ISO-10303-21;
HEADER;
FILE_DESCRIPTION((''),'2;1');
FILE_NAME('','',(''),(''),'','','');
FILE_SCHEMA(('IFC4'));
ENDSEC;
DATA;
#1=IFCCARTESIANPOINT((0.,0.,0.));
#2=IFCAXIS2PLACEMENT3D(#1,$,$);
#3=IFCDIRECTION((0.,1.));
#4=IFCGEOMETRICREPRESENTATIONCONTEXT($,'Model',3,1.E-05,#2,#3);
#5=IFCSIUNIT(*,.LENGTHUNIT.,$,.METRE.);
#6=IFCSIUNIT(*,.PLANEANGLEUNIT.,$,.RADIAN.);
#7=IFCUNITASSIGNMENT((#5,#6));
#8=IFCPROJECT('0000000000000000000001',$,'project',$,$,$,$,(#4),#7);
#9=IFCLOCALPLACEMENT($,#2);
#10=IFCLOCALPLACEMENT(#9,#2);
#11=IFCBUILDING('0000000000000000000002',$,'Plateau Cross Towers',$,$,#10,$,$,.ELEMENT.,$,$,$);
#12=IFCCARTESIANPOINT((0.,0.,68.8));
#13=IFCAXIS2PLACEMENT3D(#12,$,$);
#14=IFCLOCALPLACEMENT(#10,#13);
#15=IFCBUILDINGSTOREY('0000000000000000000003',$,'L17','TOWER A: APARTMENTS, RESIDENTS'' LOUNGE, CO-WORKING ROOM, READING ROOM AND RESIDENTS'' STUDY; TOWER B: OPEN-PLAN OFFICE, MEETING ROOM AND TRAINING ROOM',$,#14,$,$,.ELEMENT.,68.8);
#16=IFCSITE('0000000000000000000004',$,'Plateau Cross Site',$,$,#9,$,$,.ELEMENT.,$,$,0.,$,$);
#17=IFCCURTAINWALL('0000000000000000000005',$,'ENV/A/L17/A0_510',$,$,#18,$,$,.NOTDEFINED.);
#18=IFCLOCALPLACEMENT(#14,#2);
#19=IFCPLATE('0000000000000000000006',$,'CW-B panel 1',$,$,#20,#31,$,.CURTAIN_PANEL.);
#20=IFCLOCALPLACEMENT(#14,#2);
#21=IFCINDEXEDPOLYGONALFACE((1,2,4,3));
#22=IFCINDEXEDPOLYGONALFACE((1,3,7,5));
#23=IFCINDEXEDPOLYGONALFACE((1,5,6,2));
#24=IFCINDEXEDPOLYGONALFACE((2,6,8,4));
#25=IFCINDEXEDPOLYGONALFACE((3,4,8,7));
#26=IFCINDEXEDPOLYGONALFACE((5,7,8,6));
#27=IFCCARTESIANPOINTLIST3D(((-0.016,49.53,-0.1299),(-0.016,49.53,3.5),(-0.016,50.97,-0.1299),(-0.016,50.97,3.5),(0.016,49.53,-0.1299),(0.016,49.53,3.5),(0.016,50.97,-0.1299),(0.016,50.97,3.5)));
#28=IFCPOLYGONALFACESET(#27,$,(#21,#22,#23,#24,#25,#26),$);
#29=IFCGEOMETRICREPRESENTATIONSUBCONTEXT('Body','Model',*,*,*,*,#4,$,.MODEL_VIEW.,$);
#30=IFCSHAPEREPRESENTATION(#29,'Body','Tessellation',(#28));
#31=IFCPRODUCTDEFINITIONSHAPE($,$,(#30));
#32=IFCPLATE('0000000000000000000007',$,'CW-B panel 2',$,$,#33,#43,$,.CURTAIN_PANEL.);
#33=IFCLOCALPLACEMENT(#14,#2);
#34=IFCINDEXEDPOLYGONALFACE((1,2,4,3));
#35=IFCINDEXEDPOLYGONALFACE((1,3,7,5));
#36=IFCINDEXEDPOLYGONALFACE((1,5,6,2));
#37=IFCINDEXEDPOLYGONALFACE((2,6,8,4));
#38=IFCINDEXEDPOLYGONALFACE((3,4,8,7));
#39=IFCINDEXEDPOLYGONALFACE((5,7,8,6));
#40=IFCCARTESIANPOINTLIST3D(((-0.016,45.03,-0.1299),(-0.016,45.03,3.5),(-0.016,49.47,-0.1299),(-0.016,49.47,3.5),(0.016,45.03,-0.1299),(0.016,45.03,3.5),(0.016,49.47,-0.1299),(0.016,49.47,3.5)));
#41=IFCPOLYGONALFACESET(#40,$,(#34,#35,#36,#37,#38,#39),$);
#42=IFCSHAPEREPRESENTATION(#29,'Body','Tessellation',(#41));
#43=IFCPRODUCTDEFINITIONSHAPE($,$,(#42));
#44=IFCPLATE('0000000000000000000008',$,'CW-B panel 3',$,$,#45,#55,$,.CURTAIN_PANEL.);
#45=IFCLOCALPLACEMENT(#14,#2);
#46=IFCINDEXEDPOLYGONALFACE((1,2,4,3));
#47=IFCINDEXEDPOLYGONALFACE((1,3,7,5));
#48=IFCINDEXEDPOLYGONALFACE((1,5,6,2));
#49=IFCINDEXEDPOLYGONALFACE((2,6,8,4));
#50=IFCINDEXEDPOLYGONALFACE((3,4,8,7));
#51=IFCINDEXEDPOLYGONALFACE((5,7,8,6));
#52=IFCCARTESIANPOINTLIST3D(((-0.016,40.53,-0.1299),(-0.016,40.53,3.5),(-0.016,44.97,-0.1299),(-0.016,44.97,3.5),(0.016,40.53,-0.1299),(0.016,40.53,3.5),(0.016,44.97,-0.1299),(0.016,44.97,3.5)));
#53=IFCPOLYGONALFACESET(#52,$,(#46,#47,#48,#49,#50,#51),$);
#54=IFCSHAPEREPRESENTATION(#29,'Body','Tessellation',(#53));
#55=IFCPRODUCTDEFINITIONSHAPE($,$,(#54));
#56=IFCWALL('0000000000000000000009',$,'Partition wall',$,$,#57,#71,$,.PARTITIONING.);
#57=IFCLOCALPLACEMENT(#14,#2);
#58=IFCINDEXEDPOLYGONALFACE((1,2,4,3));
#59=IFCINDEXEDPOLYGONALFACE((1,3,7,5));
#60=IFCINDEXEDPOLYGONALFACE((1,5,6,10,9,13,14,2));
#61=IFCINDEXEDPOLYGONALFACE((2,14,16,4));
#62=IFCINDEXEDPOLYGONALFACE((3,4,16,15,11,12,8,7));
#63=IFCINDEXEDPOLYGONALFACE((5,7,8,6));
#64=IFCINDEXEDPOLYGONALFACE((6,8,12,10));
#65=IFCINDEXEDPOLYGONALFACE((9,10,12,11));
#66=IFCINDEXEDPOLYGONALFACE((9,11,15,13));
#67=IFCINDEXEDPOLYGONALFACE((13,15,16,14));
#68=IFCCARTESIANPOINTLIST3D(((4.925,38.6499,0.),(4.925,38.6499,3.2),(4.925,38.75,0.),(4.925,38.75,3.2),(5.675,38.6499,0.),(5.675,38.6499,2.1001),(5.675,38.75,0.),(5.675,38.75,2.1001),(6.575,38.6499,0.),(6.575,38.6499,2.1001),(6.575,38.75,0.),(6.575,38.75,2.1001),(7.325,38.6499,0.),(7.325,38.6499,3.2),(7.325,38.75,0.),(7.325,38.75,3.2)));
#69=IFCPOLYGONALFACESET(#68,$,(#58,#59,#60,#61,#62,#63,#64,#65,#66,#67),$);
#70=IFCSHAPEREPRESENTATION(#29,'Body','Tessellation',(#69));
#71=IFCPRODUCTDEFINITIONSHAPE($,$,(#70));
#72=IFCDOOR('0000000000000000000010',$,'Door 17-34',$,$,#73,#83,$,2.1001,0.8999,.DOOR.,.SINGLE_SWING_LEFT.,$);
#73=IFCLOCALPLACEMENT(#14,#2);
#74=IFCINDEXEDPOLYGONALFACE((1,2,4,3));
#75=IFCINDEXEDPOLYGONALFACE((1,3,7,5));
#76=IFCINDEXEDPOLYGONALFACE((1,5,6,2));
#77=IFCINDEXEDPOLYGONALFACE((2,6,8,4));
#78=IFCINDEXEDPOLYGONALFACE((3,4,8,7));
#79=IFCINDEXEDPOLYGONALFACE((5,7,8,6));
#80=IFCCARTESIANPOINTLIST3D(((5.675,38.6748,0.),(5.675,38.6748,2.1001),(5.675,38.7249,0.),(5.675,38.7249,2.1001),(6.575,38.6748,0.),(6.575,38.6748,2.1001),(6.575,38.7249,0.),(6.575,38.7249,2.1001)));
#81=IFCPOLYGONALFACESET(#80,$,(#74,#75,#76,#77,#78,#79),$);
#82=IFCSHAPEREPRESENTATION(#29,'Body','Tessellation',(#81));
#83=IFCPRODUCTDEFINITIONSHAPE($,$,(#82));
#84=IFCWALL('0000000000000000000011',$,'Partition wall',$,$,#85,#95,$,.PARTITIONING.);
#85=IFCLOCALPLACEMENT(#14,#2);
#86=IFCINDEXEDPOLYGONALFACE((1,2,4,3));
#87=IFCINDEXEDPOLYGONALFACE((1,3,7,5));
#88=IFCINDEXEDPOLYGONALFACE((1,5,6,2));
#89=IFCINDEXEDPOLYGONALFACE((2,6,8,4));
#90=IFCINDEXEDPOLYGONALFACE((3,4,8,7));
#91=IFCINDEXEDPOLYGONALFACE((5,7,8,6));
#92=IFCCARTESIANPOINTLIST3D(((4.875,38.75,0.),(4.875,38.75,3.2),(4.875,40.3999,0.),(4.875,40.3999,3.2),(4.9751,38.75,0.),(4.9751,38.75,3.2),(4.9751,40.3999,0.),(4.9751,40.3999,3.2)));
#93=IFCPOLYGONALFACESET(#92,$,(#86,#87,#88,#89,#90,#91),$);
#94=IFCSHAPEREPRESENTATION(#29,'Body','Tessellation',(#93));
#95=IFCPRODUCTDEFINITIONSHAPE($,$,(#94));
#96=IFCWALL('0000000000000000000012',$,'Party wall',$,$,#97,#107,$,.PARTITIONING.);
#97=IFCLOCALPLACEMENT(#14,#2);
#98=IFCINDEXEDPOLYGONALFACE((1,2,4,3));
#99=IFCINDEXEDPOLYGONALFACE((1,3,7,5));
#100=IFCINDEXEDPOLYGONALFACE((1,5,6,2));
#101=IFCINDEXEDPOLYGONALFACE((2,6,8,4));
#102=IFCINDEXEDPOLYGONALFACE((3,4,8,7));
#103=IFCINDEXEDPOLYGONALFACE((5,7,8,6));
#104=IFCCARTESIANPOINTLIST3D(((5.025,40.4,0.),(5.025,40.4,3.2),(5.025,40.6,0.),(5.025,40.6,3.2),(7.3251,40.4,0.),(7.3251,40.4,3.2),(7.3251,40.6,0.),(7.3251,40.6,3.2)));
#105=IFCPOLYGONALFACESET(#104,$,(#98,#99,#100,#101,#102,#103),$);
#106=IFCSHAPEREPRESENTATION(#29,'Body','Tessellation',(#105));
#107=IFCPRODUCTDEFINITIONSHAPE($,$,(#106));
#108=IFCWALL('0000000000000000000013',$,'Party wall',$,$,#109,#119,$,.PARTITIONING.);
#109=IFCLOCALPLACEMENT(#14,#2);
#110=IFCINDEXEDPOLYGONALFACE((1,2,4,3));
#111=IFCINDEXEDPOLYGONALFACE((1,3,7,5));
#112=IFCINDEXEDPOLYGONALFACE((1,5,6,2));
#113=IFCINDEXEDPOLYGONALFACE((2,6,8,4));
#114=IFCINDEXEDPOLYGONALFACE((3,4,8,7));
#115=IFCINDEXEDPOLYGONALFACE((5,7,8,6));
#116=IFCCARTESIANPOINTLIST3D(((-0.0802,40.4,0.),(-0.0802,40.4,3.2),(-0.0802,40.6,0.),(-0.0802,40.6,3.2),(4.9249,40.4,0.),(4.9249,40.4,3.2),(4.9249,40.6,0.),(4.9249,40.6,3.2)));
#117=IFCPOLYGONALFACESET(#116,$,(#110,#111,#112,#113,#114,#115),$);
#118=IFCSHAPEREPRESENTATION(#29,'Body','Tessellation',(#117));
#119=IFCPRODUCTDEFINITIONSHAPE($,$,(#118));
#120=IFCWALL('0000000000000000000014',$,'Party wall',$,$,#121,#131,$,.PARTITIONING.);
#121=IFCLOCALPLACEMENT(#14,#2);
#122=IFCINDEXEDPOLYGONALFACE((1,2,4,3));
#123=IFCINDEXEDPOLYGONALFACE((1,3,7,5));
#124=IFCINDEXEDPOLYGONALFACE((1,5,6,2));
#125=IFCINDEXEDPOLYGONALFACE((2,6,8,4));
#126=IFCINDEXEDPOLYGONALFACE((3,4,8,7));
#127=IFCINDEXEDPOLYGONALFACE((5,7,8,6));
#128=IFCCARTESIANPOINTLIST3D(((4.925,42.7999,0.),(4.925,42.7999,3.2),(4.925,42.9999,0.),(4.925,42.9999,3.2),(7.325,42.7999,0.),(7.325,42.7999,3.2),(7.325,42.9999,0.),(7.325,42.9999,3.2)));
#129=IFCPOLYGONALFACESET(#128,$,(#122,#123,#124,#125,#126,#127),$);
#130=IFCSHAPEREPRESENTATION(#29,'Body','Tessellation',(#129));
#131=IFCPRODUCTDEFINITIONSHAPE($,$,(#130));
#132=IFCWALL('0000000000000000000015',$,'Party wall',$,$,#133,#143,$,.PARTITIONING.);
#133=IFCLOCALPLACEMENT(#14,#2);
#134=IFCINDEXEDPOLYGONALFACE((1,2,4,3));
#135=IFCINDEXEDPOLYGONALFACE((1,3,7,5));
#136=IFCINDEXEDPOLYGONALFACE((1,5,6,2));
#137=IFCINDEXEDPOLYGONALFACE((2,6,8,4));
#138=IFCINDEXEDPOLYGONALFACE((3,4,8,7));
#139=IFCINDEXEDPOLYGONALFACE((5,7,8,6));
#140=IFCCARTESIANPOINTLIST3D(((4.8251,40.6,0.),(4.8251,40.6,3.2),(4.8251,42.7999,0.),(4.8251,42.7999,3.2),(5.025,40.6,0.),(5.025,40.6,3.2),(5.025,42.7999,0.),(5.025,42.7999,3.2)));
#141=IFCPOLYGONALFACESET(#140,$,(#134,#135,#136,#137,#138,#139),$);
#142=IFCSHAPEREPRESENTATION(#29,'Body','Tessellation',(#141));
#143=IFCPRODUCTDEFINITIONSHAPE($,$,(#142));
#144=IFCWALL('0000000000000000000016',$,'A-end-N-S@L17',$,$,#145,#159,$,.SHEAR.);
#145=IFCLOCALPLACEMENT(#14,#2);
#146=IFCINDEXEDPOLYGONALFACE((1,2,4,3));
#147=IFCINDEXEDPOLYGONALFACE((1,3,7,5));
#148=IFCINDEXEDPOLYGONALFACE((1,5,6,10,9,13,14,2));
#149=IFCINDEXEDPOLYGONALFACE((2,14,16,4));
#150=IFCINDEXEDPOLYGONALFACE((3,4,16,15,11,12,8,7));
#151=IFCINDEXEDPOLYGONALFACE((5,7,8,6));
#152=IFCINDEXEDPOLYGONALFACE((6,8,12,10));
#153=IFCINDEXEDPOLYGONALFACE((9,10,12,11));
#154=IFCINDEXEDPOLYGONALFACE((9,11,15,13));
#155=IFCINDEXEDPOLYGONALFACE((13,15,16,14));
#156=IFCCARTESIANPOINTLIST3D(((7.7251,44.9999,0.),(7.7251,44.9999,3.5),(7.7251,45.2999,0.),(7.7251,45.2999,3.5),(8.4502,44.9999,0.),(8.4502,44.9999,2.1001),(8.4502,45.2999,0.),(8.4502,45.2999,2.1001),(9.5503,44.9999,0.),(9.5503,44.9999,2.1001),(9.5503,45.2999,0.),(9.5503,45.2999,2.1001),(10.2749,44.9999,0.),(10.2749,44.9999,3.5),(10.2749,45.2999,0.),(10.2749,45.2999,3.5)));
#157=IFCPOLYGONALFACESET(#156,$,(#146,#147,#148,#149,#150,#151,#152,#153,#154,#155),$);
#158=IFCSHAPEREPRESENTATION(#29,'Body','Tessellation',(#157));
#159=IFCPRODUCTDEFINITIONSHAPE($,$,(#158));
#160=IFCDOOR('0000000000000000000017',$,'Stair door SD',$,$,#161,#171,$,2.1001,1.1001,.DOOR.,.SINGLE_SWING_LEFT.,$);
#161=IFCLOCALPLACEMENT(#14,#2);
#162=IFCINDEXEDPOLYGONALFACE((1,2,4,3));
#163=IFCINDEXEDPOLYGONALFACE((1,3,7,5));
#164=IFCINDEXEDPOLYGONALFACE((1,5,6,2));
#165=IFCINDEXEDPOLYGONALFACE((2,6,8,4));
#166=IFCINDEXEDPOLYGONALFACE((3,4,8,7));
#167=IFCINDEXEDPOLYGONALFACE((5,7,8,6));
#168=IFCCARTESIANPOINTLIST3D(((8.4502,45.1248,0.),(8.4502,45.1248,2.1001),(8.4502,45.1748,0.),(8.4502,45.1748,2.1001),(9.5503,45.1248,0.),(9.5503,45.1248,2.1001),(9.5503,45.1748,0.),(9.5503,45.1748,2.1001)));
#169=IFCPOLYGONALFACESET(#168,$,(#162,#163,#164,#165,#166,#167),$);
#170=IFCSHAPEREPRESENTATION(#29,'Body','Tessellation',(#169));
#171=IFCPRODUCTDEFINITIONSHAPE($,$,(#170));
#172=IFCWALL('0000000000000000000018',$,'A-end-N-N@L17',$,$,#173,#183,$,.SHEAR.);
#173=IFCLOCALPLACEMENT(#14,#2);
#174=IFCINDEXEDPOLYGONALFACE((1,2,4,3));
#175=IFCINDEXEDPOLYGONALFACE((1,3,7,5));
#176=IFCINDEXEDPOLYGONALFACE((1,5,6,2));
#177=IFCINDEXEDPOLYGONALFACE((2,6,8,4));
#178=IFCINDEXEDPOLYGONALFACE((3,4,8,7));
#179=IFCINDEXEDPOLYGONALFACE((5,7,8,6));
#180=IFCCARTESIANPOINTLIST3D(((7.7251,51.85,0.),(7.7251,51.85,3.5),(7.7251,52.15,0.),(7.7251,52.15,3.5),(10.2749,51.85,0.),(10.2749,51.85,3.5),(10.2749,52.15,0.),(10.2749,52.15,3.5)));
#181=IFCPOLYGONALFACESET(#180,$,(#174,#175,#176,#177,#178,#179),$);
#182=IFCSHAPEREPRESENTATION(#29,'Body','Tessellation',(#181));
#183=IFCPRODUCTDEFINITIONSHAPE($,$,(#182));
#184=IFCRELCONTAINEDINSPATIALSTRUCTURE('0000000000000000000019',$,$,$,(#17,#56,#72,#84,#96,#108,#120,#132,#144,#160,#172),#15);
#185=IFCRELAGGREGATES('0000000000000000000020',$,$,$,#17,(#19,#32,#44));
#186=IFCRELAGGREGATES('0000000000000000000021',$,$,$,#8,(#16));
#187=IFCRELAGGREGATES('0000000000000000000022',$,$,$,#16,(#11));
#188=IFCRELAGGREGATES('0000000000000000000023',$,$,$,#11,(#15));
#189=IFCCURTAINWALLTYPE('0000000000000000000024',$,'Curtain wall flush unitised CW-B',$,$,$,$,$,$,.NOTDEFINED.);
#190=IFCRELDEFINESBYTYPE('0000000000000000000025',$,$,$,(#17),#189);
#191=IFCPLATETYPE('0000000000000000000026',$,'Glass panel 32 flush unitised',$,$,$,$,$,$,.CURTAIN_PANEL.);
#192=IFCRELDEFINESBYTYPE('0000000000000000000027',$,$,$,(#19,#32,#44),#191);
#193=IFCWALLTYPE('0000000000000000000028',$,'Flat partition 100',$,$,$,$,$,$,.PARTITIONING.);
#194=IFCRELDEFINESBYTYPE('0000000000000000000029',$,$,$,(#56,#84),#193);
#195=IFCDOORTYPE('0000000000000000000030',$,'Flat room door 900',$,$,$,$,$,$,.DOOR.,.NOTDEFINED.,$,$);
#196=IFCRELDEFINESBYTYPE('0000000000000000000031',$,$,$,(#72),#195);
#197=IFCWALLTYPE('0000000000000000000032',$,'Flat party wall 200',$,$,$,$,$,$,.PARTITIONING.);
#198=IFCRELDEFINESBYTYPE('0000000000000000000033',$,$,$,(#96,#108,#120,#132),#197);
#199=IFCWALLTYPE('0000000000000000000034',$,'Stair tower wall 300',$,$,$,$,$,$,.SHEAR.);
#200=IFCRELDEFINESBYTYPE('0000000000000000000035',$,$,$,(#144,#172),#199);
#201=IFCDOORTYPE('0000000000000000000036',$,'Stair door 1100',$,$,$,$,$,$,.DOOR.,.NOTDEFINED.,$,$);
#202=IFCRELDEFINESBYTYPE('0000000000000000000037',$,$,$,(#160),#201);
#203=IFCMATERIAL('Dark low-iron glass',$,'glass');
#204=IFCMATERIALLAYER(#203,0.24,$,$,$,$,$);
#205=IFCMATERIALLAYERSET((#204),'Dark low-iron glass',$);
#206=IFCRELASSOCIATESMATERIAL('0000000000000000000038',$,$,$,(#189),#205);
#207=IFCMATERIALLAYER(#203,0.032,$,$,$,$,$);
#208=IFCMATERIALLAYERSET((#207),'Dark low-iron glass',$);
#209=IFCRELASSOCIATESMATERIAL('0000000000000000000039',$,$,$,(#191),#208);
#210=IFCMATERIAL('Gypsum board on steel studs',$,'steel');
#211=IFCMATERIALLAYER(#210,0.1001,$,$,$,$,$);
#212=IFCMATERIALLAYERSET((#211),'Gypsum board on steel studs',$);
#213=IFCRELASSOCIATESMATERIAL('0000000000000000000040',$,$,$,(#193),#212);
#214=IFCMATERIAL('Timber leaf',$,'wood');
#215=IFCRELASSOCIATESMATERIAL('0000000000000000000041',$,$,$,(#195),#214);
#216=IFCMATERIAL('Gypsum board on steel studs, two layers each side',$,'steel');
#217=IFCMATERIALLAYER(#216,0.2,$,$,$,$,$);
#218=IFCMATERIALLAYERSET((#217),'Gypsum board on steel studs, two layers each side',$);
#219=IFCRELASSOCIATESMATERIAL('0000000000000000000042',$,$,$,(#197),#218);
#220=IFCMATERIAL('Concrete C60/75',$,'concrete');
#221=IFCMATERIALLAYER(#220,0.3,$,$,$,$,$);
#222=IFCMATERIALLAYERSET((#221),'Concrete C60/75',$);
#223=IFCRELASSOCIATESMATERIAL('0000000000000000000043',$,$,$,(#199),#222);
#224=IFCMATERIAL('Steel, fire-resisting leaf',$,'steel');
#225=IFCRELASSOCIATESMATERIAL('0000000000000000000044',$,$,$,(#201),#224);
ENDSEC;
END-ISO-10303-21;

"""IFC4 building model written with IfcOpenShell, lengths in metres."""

from ifc_helpers import new_model, si_unit, direction, frame, frame_2d, origin, origin_2d, place, context, subcontext, project, spatial, rectangle, extrude, material, layer, layer_set, type_object, element, fill, aggregate, save


model = new_model("IFC4")

# Units and contexts
model_context = context("Model", 3, precision=1e-05, world=origin(), true_north=direction((0.0, 1.0)))
body_context = subcontext(model_context, "Body", "Model", "MODEL_VIEW")
ifc_project = project(units=[si_unit("LENGTHUNIT", "METRE"), si_unit("PLANEANGLEUNIT", "RADIAN")], contexts=[model_context])

# Site, building, storey
site_placement = place(None, origin())
site = spatial("IfcSite", under=ifc_project, at=site_placement, Name="Plateau Cross Site", CompositionType="ELEMENT", RefElevation=0.0)
building_placement = place(site_placement, origin())
building = spatial("IfcBuilding", under=site, at=building_placement, Name="Plateau Cross Towers", CompositionType="ELEMENT")
storey_placement = place(building_placement, frame((0.0, 0.0, 68.8)))
storey = spatial("IfcBuildingStorey", under=building, at=storey_placement, Name="L17", Description="TOWER A: APARTMENTS, RESIDENTS' LOUNGE, CO-WORKING ROOM, READING ROOM AND RESIDENTS' STUDY; TOWER B: OPEN-PLAN OFFICE, MEETING ROOM AND TRAINING ROOM", CompositionType="ELEMENT", Elevation=68.8)

# Shared definitions
ifc_material_1 = material(Name="Concrete C60/75", Category="concrete")

# Shared definitions
ifc_material_2 = material(Name="Dark low-iron glass", Category="glass")
ifc_layer_1 = layer(ifc_material_2, 0.24)
ifc_layer_set_1 = layer_set([ifc_layer_1], Name="Dark low-iron glass")
curtain_wall_type = type_object("IfcCurtainWallType", Name="Curtain wall flush unitised CW-B", PredefinedType="NOTDEFINED", material=ifc_layer_set_1)

# Curtain wall
curtain_wall_1_placement = place(storey_placement, origin())
curtain_wall_1 = element("IfcCurtainWall", 1, at=curtain_wall_1_placement, inside=storey, type_object=curtain_wall_type, Name="ENV/A/L17/A0_510", PredefinedType="NOTDEFINED")

# Shared definitions
ifc_layer_2 = layer(ifc_material_2, 0.032)
ifc_layer_set_2 = layer_set([ifc_layer_2], Name="Dark low-iron glass")
plate_type = type_object("IfcPlateType", Name="Glass panel 32 flush unitised", PredefinedType="CURTAIN_PANEL", material=ifc_layer_set_2)

# Plates
plate_1_placement = place(storey_placement, frame((0.0, 50.25, -0.1299), z_axis=(0.0, 0.0, 1.0), x_axis=(0.0, -1.0, 0.0)))
plate_1 = element("IfcPlate", 2, at=plate_1_placement, type_object=plate_type, Name="CW-B panel 1", PredefinedType="CURTAIN_PANEL", context=body_context, shape_type="SweptSolid", body=[
    extrude(rectangle(XDim=1.4399, YDim=0.032, at=origin_2d()), origin(), (0.0, 0.0, 1.0), 3.6299),
])
plate_2_placement = place(storey_placement, frame((0.0, 47.25, -0.1299), z_axis=(0.0, 0.0, 1.0), x_axis=(0.0, -1.0, 0.0)))
plate_2 = element("IfcPlate", 3, at=plate_2_placement, type_object=plate_type, Name="CW-B panel 2", PredefinedType="CURTAIN_PANEL", context=body_context, shape_type="SweptSolid", body=[
    extrude(rectangle(XDim=4.4399, YDim=0.032, at=origin_2d()), origin(), (0.0, 0.0, 1.0), 3.6299),
])
plate_3_placement = place(storey_placement, frame((0.0, 42.75, -0.1299), z_axis=(0.0, 0.0, 1.0), x_axis=(0.0, -1.0, 0.0)))
plate_3 = element("IfcPlate", 4, at=plate_3_placement, type_object=plate_type, Name="CW-B panel 3", PredefinedType="CURTAIN_PANEL", context=body_context, shape_type="SweptSolid", body=[
    extrude(rectangle(XDim=4.4399, YDim=0.032, at=origin_2d()), origin(), (0.0, 0.0, 1.0), 3.6299),
])
aggregate(curtain_wall_1, [plate_1, plate_2, plate_3])

# Wall, opening, door
ifc_material_3 = material(Name="Gypsum board on steel studs", Category="steel")
ifc_layer_3 = layer(ifc_material_3, 0.1001)
ifc_layer_set_3 = layer_set([ifc_layer_3], Name="Gypsum board on steel studs")
wall_type_1 = type_object("IfcWallType", Name="Flat partition 100", PredefinedType="PARTITIONING", material=ifc_layer_set_3)
wall_1_placement = place(storey_placement, frame((4.925, 38.7, 0.0), z_axis=(0.0, 0.0, 1.0), x_axis=(1.0, 0.0, 0.0)))
wall_1 = element("IfcWall", 5, at=wall_1_placement, inside=storey, type_object=wall_type_1, Name="Partition wall", PredefinedType="PARTITIONING", context=body_context, shape_type="SweptSolid", body=[
    extrude(rectangle(XDim=2.3999, YDim=0.1001, at=frame_2d((1.2, 0.0))), origin(), (0.0, 0.0, 1.0), 3.2),
])
opening_1_placement = place(wall_1_placement, frame((0.75, 0.0, 0.0)))
opening_1 = element("IfcOpeningElement", 6, at=opening_1_placement, cuts=wall_1, PredefinedType="OPENING", context=body_context, shape_type="SweptSolid", body=[
    extrude(rectangle(XDim=0.8999, YDim=2.1001, at=frame_2d((0.45, 1.05))), frame((0.0, 0.0601, 0.0), z_axis=(0.0, -1.0, 0.0), x_axis=(1.0, 0.0, 0.0)), (0.0, 0.0, 1.0), 0.1201),
])
ifc_material_4 = material(Name="Timber leaf", Category="wood")
door_type_1 = type_object("IfcDoorType", Name="Flat room door 900", OperationType="NOTDEFINED", PredefinedType="DOOR", material=ifc_material_4)
door_1_placement = place(opening_1_placement, origin())
door_1 = element("IfcDoor", 7, at=door_1_placement, inside=storey, type_object=door_type_1, Name="Door 17-34", OperationType="SINGLE_SWING_LEFT", OverallHeight=2.1001, OverallWidth=0.8999, PredefinedType="DOOR", context=body_context, shape_type="SweptSolid", body=[
    extrude(rectangle(XDim=0.8999, YDim=2.1001, at=frame_2d((0.45, 1.05))), frame((0.0, 0.0249, 0.0), z_axis=(0.0, -1.0, 0.0), x_axis=(1.0, 0.0, 0.0)), (0.0, 0.0, 1.0), 0.05),
])
fill(opening_1, door_1)

# Walls
wall_2_placement = place(storey_placement, frame((4.925, 40.3999, 0.0), z_axis=(0.0, 0.0, 1.0), x_axis=(0.0, -1.0, 0.0)))
element("IfcWall", 8, at=wall_2_placement, inside=storey, type_object=wall_type_1, Name="Partition wall", PredefinedType="PARTITIONING", context=body_context, shape_type="SweptSolid", body=[
    extrude(rectangle(XDim=1.6499, YDim=0.1001, at=frame_2d((0.825, 0.0))), origin(), (0.0, 0.0, 1.0), 3.2),
])
ifc_material_5 = material(Name="Gypsum board on steel studs, two layers each side", Category="steel")
ifc_layer_4 = layer(ifc_material_5, 0.2)
ifc_layer_set_4 = layer_set([ifc_layer_4], Name="Gypsum board on steel studs, two layers each side")
wall_type_2 = type_object("IfcWallType", Name="Flat party wall 200", PredefinedType="PARTITIONING", material=ifc_layer_set_4)
wall_3_placement = place(storey_placement, frame((7.325, 40.5, 0.0), z_axis=(0.0, 0.0, 1.0), x_axis=(-1.0, 0.0, 0.0)))
element("IfcWall", 9, at=wall_3_placement, inside=storey, type_object=wall_type_2, Name="Party wall", PredefinedType="PARTITIONING", context=body_context, shape_type="SweptSolid", body=[
    extrude(rectangle(XDim=2.3, YDim=0.2, at=frame_2d((1.1499, 0.0))), origin(), (0.0, 0.0, 1.0), 3.2),
])
wall_4_placement = place(storey_placement, frame((-0.0801, 40.5, 0.0), z_axis=(0.0, 0.0, 1.0), x_axis=(1.0, 0.0, 0.0)))
element("IfcWall", 10, at=wall_4_placement, inside=storey, type_object=wall_type_2, Name="Party wall", PredefinedType="PARTITIONING", context=body_context, shape_type="SweptSolid", body=[
    extrude(rectangle(XDim=5.0051, YDim=0.2, at=frame_2d((2.5024, 0.0))), origin(), (0.0, 0.0, 1.0), 3.2),
])
wall_5_placement = place(storey_placement, frame((7.325, 42.8999, 0.0), z_axis=(0.0, 0.0, 1.0), x_axis=(-1.0, 0.0, 0.0)))
element("IfcWall", 11, at=wall_5_placement, inside=storey, type_object=wall_type_2, Name="Party wall", PredefinedType="PARTITIONING", context=body_context, shape_type="SweptSolid", body=[
    extrude(rectangle(XDim=2.3999, YDim=0.2, at=frame_2d((1.2, 0.0))), origin(), (0.0, 0.0, 1.0), 3.2),
])
wall_6_placement = place(storey_placement, frame((4.925, 42.8, 0.0), z_axis=(0.0, 0.0, 1.0), x_axis=(0.0, -1.0, 0.0)))
element("IfcWall", 12, at=wall_6_placement, inside=storey, type_object=wall_type_2, Name="Party wall", PredefinedType="PARTITIONING", context=body_context, shape_type="SweptSolid", body=[
    extrude(rectangle(XDim=2.2, YDim=0.2, at=frame_2d((1.1001, 0.0))), origin(), (0.0, 0.0, 1.0), 3.2),
])

# Wall, opening, door
ifc_layer_5 = layer(ifc_material_1, 0.3)
ifc_layer_set_5 = layer_set([ifc_layer_5], Name="Concrete C60/75")
wall_type_3 = type_object("IfcWallType", Name="Stair tower wall 300", PredefinedType="SHEAR", material=ifc_layer_set_5)
wall_7_placement = place(storey_placement, frame((7.7251, 45.1499, 0.0), z_axis=(0.0, 0.0, 1.0), x_axis=(1.0, 0.0, 0.0)))
wall_7 = element("IfcWall", 13, at=wall_7_placement, inside=storey, type_object=wall_type_3, Name="A-end-N-S@L17", PredefinedType="SHEAR", context=body_context, shape_type="SweptSolid", body=[
    extrude(rectangle(XDim=2.5498, YDim=0.3, at=frame_2d((1.2749, 0.0))), origin(), (0.0, 0.0, 1.0), 3.5),
])
opening_2_placement = place(wall_7_placement, frame((0.7251, 0.0, 0.0)))
opening_2 = element("IfcOpeningElement", 14, at=opening_2_placement, cuts=wall_7, PredefinedType="OPENING", context=body_context, shape_type="SweptSolid", body=[
    extrude(rectangle(XDim=1.1001, YDim=2.1001, at=frame_2d((0.55, 1.05))), frame((0.0, 0.1599, 0.0), z_axis=(0.0, -1.0, 0.0), x_axis=(1.0, 0.0, 0.0)), (0.0, 0.0, 1.0), 0.3201),
])
ifc_material_6 = material(Name="Steel, fire-resisting leaf", Category="steel")
door_type_2 = type_object("IfcDoorType", Name="Stair door 1100", OperationType="NOTDEFINED", PredefinedType="DOOR", material=ifc_material_6)
door_2_placement = place(opening_2_placement, origin())
door_2 = element("IfcDoor", 15, at=door_2_placement, inside=storey, type_object=door_type_2, Name="Stair door SD", OperationType="SINGLE_SWING_LEFT", OverallHeight=2.1001, OverallWidth=1.1001, PredefinedType="DOOR", context=body_context, shape_type="SweptSolid", body=[
    extrude(rectangle(XDim=1.1001, YDim=2.1001, at=frame_2d((0.55, 1.05))), frame((0.0, 0.0249, 0.0), z_axis=(0.0, -1.0, 0.0), x_axis=(1.0, 0.0, 0.0)), (0.0, 0.0, 1.0), 0.05),
])
fill(opening_2, door_2)

# Wall
wall_8_placement = place(storey_placement, frame((7.7251, 52.0, 0.0), z_axis=(0.0, 0.0, 1.0), x_axis=(1.0, 0.0, 0.0)))
element("IfcWall", 16, at=wall_8_placement, inside=storey, type_object=wall_type_3, Name="A-end-N-N@L17", PredefinedType="SHEAR", context=body_context, shape_type="SweptSolid", body=[
    extrude(rectangle(XDim=2.5498, YDim=0.3, at=frame_2d((1.2749, 0.0))), origin(), (0.0, 0.0, 1.0), 3.5),
])

save(model, "model.ifc")
